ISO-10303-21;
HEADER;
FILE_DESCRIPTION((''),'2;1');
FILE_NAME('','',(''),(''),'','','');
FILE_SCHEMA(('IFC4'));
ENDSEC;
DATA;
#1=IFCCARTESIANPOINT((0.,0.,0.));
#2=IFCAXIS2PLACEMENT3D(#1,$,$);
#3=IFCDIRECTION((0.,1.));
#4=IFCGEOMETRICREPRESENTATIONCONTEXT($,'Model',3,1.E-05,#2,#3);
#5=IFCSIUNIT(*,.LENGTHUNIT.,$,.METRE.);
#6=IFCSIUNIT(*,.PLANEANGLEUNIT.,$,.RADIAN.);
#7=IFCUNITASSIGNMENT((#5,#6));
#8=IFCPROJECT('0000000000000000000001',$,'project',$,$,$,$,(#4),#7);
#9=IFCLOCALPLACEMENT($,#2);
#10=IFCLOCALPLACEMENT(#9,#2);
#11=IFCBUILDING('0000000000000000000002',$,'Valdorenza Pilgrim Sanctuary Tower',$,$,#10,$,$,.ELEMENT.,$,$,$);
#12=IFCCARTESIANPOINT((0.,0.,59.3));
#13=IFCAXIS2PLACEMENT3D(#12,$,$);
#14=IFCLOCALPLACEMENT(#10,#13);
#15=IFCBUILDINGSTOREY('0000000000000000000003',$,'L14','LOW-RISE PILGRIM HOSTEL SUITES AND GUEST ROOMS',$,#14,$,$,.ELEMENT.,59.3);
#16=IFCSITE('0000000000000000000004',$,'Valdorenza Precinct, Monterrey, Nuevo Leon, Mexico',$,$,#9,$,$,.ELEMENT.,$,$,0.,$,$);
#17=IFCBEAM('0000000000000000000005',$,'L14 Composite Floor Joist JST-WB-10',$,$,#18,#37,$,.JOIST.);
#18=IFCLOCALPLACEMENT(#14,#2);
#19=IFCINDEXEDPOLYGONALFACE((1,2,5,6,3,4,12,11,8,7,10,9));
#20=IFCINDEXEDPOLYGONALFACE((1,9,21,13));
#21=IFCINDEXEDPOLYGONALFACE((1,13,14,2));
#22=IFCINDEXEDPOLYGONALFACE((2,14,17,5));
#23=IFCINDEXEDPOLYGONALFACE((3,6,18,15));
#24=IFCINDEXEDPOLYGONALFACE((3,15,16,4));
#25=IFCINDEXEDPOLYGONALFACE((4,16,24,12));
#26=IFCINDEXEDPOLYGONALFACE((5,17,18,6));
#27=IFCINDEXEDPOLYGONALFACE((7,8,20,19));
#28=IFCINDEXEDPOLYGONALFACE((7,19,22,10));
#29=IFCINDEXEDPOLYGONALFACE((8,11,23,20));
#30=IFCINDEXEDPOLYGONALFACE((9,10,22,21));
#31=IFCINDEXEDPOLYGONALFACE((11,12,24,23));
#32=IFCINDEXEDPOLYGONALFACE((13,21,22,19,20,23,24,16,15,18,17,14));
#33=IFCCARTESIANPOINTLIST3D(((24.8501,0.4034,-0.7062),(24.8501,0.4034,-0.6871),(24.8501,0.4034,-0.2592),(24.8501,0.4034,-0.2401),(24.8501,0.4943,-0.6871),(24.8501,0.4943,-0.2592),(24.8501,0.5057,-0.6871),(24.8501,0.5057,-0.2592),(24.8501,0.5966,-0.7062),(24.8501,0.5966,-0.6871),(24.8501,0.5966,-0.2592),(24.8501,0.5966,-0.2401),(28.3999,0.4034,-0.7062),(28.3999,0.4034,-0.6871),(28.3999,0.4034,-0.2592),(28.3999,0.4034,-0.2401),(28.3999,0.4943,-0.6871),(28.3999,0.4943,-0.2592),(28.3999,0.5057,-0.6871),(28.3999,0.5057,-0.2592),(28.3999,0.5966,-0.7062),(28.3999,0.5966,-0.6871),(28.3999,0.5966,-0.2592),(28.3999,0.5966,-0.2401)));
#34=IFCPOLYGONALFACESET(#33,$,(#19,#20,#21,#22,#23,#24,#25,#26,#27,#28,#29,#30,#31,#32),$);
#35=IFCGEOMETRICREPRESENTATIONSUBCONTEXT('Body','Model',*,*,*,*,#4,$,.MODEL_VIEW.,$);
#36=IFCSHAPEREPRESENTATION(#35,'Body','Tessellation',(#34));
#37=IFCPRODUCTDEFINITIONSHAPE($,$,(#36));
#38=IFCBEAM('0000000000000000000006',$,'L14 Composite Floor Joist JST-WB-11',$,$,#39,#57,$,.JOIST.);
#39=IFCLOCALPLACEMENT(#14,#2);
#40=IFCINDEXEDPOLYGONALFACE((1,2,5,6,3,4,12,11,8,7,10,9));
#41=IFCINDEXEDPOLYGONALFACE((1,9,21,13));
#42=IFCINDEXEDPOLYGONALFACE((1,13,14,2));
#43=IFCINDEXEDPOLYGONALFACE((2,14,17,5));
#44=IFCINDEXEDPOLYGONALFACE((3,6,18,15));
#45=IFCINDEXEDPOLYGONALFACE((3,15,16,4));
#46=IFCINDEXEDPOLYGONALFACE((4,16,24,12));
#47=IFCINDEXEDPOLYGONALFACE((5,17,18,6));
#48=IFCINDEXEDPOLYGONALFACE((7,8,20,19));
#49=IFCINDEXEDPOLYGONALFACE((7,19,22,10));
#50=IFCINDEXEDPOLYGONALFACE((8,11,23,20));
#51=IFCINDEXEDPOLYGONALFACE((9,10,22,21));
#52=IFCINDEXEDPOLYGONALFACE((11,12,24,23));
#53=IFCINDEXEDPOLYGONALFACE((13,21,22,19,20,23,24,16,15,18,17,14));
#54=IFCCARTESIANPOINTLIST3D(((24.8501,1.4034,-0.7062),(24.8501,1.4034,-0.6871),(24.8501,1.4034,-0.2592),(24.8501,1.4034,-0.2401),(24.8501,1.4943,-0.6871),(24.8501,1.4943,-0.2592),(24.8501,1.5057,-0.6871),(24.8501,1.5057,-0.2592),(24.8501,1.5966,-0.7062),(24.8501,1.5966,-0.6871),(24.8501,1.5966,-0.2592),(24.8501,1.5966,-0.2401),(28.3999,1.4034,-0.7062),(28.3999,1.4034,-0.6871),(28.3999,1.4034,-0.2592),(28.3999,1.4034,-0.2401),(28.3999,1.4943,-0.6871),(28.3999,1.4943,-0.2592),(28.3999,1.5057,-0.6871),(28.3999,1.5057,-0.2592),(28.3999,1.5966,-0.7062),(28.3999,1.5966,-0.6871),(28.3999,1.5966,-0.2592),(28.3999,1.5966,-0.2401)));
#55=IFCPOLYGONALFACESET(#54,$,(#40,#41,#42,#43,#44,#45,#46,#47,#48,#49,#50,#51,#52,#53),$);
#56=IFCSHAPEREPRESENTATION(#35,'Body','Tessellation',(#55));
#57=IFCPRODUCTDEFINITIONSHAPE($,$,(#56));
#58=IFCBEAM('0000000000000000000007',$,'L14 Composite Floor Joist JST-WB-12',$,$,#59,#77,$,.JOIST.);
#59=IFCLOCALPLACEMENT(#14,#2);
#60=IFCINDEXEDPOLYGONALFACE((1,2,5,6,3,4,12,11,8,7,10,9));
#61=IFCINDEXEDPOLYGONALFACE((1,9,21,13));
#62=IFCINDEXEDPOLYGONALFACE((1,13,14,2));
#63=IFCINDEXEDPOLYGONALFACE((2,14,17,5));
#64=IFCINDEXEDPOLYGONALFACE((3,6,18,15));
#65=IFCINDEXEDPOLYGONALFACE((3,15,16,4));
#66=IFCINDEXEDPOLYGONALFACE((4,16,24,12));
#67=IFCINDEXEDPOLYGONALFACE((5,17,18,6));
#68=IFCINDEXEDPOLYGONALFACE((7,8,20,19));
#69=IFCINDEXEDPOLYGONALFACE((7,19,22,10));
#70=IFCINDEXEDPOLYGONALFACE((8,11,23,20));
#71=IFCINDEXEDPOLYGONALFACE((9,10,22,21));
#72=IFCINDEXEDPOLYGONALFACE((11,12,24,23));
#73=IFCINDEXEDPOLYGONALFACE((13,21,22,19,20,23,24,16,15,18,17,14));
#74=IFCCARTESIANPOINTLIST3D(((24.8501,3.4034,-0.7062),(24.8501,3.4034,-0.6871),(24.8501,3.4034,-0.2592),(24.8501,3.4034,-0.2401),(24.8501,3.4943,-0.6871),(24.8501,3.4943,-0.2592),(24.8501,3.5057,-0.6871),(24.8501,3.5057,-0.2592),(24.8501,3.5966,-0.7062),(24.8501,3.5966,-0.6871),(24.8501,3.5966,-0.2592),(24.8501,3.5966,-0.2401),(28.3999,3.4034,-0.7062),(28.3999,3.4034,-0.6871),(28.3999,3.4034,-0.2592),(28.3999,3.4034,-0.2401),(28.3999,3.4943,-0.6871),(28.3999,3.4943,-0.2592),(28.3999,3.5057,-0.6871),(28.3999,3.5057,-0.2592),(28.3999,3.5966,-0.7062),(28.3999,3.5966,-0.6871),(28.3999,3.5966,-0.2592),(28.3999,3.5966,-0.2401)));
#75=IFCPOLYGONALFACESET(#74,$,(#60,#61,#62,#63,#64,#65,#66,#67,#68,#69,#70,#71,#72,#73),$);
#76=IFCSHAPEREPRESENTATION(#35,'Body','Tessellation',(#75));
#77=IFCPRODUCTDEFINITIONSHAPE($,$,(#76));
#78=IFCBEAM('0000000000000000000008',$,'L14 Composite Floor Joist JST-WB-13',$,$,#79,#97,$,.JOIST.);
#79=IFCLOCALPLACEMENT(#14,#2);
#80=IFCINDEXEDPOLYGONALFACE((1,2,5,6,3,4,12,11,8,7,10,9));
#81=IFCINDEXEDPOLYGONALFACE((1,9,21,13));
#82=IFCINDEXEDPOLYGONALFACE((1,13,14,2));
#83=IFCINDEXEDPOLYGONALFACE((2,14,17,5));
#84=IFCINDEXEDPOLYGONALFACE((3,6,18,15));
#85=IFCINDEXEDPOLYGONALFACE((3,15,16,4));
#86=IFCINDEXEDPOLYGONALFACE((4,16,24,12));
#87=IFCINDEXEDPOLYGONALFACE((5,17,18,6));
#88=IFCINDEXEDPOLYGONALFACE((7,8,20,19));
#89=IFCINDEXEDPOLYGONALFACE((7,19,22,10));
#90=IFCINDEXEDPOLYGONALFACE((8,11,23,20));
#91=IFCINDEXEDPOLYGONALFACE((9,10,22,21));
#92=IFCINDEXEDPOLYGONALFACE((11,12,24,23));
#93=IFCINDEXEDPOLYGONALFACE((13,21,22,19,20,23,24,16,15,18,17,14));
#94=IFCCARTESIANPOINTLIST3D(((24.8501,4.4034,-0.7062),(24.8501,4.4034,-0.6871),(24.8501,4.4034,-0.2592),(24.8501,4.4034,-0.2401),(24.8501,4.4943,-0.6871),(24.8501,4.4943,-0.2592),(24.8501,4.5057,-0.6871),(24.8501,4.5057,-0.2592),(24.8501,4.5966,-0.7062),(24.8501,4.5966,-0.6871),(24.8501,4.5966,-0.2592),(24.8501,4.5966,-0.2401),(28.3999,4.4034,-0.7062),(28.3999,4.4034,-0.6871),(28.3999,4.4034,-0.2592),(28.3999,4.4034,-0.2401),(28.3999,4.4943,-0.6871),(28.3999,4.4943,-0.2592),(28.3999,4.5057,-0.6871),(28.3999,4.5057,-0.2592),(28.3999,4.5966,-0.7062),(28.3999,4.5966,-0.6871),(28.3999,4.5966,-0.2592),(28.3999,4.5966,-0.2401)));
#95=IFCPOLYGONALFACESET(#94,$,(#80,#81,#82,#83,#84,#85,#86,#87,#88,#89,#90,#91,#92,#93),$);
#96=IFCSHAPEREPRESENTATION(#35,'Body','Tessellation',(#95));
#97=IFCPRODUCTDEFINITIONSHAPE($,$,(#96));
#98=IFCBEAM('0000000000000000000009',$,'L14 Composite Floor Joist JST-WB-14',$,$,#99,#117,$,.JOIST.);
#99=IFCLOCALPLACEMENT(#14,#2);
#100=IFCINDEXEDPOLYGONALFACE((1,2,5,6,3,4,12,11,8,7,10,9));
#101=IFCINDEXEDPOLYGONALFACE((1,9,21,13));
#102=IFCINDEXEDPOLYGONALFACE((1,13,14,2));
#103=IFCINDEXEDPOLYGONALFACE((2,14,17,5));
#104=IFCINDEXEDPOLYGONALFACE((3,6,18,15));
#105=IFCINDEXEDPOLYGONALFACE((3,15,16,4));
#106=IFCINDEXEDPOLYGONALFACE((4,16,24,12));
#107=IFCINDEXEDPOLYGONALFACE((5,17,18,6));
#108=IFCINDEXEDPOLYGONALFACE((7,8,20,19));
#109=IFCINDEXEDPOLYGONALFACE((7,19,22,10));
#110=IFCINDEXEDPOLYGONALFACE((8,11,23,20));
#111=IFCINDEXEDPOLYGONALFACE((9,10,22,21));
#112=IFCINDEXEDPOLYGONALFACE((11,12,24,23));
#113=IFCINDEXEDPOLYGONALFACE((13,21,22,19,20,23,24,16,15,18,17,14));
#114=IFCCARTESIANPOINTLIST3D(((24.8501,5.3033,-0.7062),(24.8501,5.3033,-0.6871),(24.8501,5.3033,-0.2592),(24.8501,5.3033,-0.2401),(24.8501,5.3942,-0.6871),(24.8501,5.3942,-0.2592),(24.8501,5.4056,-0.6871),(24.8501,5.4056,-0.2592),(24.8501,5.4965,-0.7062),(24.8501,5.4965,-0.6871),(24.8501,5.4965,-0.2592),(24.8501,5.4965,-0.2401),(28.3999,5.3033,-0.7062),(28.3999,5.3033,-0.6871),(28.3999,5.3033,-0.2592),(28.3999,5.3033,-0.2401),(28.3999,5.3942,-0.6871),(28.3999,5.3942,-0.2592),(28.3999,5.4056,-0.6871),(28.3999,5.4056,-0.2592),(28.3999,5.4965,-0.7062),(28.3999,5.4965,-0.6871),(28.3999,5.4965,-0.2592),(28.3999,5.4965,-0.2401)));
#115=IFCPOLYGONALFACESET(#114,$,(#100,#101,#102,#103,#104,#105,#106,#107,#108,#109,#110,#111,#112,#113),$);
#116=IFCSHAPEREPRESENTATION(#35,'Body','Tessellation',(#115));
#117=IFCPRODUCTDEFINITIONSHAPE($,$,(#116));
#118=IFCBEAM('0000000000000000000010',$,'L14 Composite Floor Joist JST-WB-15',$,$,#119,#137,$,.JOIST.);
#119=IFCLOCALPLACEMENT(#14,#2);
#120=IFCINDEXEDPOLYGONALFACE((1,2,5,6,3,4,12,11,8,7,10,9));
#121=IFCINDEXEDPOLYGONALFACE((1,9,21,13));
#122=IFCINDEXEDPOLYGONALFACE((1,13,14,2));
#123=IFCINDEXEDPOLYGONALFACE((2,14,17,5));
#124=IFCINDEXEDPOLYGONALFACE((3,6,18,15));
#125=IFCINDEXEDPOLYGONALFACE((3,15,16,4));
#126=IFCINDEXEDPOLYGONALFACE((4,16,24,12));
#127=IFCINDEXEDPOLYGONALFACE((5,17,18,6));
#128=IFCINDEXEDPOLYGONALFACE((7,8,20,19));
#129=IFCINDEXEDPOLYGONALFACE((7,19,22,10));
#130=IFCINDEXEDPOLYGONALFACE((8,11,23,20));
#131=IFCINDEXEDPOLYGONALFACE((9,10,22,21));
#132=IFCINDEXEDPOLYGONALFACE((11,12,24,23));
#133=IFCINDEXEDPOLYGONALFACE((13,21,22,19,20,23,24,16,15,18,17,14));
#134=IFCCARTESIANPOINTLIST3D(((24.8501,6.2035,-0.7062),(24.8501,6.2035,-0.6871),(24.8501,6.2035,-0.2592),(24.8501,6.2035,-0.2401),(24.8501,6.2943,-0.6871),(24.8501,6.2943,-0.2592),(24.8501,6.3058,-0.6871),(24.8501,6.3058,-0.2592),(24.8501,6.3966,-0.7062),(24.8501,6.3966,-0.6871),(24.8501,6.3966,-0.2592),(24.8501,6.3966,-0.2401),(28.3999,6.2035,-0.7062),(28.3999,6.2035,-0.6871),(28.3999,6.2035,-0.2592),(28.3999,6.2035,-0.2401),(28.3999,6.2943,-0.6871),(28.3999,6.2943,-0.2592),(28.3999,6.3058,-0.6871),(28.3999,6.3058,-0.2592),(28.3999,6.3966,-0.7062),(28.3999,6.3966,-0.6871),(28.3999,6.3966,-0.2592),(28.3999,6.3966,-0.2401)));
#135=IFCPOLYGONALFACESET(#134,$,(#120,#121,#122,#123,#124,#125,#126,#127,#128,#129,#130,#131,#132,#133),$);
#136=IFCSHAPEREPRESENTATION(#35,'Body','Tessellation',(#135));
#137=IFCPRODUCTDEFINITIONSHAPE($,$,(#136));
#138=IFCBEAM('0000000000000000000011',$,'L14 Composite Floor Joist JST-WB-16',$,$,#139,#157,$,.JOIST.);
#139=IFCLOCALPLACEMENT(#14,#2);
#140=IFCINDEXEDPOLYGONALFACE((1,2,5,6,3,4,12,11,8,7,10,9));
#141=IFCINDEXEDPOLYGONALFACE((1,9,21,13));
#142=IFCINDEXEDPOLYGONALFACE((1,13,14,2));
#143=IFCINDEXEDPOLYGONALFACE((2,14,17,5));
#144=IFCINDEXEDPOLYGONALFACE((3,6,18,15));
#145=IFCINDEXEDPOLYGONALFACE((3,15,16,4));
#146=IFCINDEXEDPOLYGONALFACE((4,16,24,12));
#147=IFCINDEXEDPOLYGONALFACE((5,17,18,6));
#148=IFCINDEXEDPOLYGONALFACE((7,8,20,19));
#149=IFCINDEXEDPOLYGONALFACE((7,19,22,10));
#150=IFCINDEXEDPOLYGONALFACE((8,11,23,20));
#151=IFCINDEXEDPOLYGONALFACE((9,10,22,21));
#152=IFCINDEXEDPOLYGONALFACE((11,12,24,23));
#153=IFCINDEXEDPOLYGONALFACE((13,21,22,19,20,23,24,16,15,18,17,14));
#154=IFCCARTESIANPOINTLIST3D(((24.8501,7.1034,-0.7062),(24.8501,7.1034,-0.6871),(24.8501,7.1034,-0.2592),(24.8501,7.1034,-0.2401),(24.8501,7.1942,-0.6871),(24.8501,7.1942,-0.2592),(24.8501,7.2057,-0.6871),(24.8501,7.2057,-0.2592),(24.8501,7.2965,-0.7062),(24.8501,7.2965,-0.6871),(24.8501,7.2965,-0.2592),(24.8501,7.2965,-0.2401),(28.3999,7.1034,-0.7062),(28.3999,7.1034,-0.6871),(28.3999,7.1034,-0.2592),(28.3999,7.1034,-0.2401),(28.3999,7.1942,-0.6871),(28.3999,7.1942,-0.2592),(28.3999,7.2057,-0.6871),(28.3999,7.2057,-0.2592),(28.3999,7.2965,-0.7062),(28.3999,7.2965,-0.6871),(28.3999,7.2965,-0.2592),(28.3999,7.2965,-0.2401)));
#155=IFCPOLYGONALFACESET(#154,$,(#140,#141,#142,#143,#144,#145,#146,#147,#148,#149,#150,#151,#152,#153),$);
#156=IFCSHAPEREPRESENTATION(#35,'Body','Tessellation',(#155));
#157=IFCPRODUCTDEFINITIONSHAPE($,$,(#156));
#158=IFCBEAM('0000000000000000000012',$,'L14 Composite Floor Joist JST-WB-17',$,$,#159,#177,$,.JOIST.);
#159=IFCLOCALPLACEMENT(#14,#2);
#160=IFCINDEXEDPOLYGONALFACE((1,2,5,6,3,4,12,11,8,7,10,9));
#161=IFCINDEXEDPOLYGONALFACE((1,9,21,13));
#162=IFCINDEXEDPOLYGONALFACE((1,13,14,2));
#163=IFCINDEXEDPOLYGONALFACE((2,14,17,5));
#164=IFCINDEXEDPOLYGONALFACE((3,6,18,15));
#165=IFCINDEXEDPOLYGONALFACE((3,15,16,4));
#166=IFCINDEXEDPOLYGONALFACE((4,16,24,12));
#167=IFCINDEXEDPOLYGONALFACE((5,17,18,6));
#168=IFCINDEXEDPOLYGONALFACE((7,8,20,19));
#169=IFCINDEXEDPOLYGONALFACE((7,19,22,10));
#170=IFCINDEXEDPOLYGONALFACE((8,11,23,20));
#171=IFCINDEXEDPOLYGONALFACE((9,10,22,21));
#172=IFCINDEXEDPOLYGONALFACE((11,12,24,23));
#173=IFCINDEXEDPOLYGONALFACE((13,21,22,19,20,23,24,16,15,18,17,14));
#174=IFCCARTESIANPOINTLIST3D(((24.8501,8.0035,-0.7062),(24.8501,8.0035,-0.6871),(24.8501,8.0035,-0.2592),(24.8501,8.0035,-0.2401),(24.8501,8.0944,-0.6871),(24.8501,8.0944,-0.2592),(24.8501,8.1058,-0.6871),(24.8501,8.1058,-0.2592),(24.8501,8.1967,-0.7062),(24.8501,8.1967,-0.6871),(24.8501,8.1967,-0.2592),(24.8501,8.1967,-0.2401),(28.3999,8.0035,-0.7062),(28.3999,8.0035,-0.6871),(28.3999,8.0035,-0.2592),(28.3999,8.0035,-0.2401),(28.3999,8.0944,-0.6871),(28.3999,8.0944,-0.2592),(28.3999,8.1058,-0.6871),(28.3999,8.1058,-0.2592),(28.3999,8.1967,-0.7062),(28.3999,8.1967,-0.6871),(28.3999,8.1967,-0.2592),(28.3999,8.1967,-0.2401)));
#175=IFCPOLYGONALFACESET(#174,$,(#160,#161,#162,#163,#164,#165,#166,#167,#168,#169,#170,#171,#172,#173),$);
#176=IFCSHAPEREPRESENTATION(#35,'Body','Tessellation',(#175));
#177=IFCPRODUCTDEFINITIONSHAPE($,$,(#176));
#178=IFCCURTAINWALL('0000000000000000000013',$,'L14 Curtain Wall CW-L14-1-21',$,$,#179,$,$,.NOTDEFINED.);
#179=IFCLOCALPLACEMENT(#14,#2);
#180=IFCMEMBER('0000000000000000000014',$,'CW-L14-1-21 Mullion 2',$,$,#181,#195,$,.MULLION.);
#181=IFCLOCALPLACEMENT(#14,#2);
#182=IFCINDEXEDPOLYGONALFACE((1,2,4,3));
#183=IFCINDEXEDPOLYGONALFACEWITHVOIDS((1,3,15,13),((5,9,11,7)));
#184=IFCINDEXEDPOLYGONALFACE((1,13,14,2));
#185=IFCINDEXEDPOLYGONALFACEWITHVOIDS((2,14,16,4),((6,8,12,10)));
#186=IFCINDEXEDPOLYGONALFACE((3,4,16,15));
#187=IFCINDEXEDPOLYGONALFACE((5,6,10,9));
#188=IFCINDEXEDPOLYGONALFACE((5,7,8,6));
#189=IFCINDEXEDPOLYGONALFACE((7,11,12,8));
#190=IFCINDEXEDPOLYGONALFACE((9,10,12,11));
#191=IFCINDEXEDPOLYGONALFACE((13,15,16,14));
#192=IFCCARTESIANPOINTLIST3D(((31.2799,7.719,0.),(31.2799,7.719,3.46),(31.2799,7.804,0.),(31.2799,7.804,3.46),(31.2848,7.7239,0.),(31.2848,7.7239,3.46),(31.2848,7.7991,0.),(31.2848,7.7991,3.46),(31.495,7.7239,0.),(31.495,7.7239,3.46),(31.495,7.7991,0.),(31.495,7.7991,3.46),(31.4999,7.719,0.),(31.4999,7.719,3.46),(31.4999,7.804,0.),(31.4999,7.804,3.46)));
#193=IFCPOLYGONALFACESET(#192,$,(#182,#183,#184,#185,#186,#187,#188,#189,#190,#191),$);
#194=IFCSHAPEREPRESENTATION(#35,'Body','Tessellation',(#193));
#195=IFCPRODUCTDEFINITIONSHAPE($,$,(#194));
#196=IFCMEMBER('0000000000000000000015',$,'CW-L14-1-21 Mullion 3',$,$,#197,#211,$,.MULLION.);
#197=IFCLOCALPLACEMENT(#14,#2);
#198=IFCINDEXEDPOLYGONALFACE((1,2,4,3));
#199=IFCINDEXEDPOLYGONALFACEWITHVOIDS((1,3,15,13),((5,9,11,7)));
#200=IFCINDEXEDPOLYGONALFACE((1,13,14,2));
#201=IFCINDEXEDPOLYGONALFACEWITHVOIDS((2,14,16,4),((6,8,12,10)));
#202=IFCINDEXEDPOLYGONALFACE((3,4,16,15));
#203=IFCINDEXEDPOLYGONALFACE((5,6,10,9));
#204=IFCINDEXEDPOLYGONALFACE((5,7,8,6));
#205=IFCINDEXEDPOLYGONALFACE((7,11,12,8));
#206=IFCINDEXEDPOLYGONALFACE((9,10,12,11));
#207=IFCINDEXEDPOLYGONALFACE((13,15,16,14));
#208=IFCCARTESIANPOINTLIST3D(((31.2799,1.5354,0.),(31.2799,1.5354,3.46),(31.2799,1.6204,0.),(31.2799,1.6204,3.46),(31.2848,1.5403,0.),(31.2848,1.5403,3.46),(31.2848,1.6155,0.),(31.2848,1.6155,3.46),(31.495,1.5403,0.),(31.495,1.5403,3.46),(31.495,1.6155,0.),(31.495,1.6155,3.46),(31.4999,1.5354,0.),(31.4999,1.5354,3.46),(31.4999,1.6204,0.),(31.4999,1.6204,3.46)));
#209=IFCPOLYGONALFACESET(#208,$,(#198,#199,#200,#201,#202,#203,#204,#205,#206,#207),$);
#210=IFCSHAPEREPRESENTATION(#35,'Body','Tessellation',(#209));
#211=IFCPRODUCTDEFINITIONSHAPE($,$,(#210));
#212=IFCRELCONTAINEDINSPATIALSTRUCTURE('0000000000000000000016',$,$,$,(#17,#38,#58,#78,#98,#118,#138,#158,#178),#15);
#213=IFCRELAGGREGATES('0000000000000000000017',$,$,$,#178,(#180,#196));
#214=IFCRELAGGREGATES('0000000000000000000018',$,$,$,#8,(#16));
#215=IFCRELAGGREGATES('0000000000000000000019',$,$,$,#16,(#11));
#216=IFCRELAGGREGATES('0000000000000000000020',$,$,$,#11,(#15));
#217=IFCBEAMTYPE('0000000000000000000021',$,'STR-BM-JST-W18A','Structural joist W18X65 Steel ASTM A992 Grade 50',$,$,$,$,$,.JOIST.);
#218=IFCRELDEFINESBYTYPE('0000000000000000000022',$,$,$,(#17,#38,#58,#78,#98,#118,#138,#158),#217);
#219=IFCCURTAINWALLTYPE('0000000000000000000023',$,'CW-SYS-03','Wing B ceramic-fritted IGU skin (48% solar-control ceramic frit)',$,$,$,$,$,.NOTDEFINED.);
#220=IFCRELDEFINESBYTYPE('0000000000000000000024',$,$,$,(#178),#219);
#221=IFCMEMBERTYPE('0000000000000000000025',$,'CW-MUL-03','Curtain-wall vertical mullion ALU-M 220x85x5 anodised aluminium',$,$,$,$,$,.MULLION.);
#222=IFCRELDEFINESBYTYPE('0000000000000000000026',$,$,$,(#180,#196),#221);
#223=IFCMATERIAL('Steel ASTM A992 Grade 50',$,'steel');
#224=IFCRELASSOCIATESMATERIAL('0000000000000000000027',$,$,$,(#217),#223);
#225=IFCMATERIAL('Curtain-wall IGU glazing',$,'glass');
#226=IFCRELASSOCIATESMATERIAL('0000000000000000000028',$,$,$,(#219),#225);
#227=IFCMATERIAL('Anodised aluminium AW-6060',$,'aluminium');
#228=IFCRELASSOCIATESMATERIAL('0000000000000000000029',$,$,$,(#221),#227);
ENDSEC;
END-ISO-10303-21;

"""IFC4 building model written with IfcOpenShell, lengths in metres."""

from ifc_helpers import new_model, si_unit, direction, frame, origin, origin_2d, place, context, subcontext, project, spatial, hollow_rectangle, i_section, extrude, source, transform, mapped, material, material_profile, profile_set, type_object, element, aggregate, save


model = new_model("IFC4")

# Units and contexts
model_context = context("Model", 3, precision=1e-05, world=origin(), true_north=direction((0.0, 1.0)))
body_context = subcontext(model_context, "Body", "Model", "MODEL_VIEW")
ifc_project = project(units=[si_unit("LENGTHUNIT", "METRE"), si_unit("PLANEANGLEUNIT", "RADIAN")], contexts=[model_context])

# Site, building, storey
site_placement = place(None, origin())
site = spatial("IfcSite", under=ifc_project, at=site_placement, Name="Valdorenza Precinct, Monterrey, Nuevo Leon, Mexico", CompositionType="ELEMENT", RefElevation=0.0)
building_placement = place(site_placement, origin())
building = spatial("IfcBuilding", under=site, at=building_placement, Name="Valdorenza Pilgrim Sanctuary Tower", CompositionType="ELEMENT")
storey_placement = place(building_placement, frame((0.0, 0.0, 59.3)))
storey = spatial("IfcBuildingStorey", under=building, at=storey_placement, Name="L14", Description="LOW-RISE PILGRIM HOSTEL SUITES AND GUEST ROOMS", CompositionType="ELEMENT", Elevation=59.3)

# Beams
ifc_material_1 = material(Name="Steel ASTM A992 Grade 50", Category="steel")
ifc_material_profile_1 = material_profile(ifc_material_1, i_section(OverallWidth=0.1931, OverallDepth=0.4661, WebThickness=0.0115, FlangeThickness=0.019, at=origin_2d()), Name="W18X65")
ifc_profile_set_1 = profile_set([ifc_material_profile_1], Name="Steel ASTM A992 Grade 50")
beam_type = type_object("IfcBeamType", Name="STR-BM-JST-W18A", Description="Structural joist W18X65 Steel ASTM A992 Grade 50", PredefinedType="JOIST", material=ifc_profile_set_1)
shared_shape_1 = source(origin(), body_context, "Body", "SweptSolid", [
    extrude(i_section(OverallWidth=0.1931, OverallDepth=0.4661, WebThickness=0.0115, FlangeThickness=0.019, at=origin_2d()), origin(), (0.0, 0.0, 1.0), 3.5498),
])
for number, where, z_axis, x_axis, name in (
    (1, (24.8501, 0.5, -0.4731), (1.0, 0.0, 0.0), (0.0, 1.0, 0.0), "L14 Composite Floor Joist JST-WB-10"),
    (2, (24.8501, 1.5, -0.4731), (1.0, 0.0, 0.0), (0.0, 1.0, 0.0), "L14 Composite Floor Joist JST-WB-11"),
    (3, (24.8501, 3.5, -0.4731), (1.0, 0.0, 0.0), (0.0, 1.0, 0.0), "L14 Composite Floor Joist JST-WB-12"),
    (4, (24.8501, 4.5, -0.4731), (1.0, 0.0, 0.0), (0.0, 1.0, 0.0), "L14 Composite Floor Joist JST-WB-13"),
    (5, (24.8501, 5.3999, -0.4731), (1.0, 0.0, 0.0), (0.0, 1.0, 0.0), "L14 Composite Floor Joist JST-WB-14"),
    (6, (24.8501, 6.3, -0.4731), (1.0, 0.0, 0.0), (0.0, 1.0, 0.0), "L14 Composite Floor Joist JST-WB-15"),
    (7, (24.8501, 7.2, -0.4731), (1.0, 0.0, 0.0), (0.0, 1.0, 0.0), "L14 Composite Floor Joist JST-WB-16"),
    (8, (24.8501, 8.1001, -0.4731), (1.0, 0.0, 0.0), (0.0, 1.0, 0.0), "L14 Composite Floor Joist JST-WB-17"),
):
    element("IfcBeam", number, at=place(storey_placement, frame(where, z_axis=z_axis, x_axis=x_axis)), inside=storey, type_object=beam_type, Name=name, PredefinedType="JOIST", context=body_context, shape_type="MappedRepresentation", body=[
        mapped(shared_shape_1, transform((0.0, 0.0, 0.0), x_axis=(1.0, 0.0, 0.0), y_axis=(0.0, 1.0, 0.0), z_axis=(0.0, 0.0, 1.0), scale=1.0)),
    ])

# Curtain wall, members
ifc_material_2 = material(Name="Curtain-wall IGU glazing", Category="glass")
curtain_wall_type = type_object("IfcCurtainWallType", Name="CW-SYS-03", Description="Wing B ceramic-fritted IGU skin (48% solar-control ceramic frit)", PredefinedType="NOTDEFINED", material=ifc_material_2)
curtain_wall_placement = place(storey_placement, origin())
curtain_wall = element("IfcCurtainWall", 9, at=curtain_wall_placement, inside=storey, type_object=curtain_wall_type, Name="L14 Curtain Wall CW-L14-1-21", PredefinedType="NOTDEFINED")
ifc_material_3 = material(Name="Anodised aluminium AW-6060", Category="aluminium")
ifc_material_profile_2 = material_profile(ifc_material_3, hollow_rectangle(XDim=0.085, YDim=0.22, WallThickness=0.0049, at=origin_2d()), Name="ALU-M 220x85x5")
ifc_profile_set_2 = profile_set([ifc_material_profile_2], Name="Anodised aluminium AW-6060")
member_type = type_object("IfcMemberType", Name="CW-MUL-03", Description="Curtain-wall vertical mullion ALU-M 220x85x5 anodised aluminium", PredefinedType="MULLION", material=ifc_profile_set_2)
shared_shape_2 = source(origin(), body_context, "Body", "SweptSolid", [
    extrude(hollow_rectangle(XDim=0.085, YDim=0.22, WallThickness=0.0049, at=origin_2d()), origin(), (0.0, 0.0, 1.0), 3.46),
])
member_1_placement = place(storey_placement, frame((31.3899, 7.7615, 0.0), z_axis=(0.0, 0.0, 1.0), x_axis=(0.0, -1.0, 0.0)))
member_1 = element("IfcMember", 10, at=member_1_placement, type_object=member_type, Name="CW-L14-1-21 Mullion 2", PredefinedType="MULLION", context=body_context, shape_type="MappedRepresentation", body=[
    mapped(shared_shape_2, transform((0.0, 0.0, 0.0), x_axis=(1.0, 0.0, 0.0), y_axis=(0.0, 1.0, 0.0), z_axis=(0.0, 0.0, 1.0), scale=1.0)),
])
member_2_placement = place(storey_placement, frame((31.3899, 1.5779, 0.0), z_axis=(0.0, 0.0, 1.0), x_axis=(0.0, -1.0, 0.0)))
member_2 = element("IfcMember", 11, at=member_2_placement, type_object=member_type, Name="CW-L14-1-21 Mullion 3", PredefinedType="MULLION", context=body_context, shape_type="MappedRepresentation", body=[
    mapped(shared_shape_2, transform((0.0, 0.0, 0.0), x_axis=(1.0, 0.0, 0.0), y_axis=(0.0, 1.0, 0.0), z_axis=(0.0, 0.0, 1.0), scale=1.0)),
])
aggregate(curtain_wall, [member_1, member_2])

save(model, "model.ifc")
